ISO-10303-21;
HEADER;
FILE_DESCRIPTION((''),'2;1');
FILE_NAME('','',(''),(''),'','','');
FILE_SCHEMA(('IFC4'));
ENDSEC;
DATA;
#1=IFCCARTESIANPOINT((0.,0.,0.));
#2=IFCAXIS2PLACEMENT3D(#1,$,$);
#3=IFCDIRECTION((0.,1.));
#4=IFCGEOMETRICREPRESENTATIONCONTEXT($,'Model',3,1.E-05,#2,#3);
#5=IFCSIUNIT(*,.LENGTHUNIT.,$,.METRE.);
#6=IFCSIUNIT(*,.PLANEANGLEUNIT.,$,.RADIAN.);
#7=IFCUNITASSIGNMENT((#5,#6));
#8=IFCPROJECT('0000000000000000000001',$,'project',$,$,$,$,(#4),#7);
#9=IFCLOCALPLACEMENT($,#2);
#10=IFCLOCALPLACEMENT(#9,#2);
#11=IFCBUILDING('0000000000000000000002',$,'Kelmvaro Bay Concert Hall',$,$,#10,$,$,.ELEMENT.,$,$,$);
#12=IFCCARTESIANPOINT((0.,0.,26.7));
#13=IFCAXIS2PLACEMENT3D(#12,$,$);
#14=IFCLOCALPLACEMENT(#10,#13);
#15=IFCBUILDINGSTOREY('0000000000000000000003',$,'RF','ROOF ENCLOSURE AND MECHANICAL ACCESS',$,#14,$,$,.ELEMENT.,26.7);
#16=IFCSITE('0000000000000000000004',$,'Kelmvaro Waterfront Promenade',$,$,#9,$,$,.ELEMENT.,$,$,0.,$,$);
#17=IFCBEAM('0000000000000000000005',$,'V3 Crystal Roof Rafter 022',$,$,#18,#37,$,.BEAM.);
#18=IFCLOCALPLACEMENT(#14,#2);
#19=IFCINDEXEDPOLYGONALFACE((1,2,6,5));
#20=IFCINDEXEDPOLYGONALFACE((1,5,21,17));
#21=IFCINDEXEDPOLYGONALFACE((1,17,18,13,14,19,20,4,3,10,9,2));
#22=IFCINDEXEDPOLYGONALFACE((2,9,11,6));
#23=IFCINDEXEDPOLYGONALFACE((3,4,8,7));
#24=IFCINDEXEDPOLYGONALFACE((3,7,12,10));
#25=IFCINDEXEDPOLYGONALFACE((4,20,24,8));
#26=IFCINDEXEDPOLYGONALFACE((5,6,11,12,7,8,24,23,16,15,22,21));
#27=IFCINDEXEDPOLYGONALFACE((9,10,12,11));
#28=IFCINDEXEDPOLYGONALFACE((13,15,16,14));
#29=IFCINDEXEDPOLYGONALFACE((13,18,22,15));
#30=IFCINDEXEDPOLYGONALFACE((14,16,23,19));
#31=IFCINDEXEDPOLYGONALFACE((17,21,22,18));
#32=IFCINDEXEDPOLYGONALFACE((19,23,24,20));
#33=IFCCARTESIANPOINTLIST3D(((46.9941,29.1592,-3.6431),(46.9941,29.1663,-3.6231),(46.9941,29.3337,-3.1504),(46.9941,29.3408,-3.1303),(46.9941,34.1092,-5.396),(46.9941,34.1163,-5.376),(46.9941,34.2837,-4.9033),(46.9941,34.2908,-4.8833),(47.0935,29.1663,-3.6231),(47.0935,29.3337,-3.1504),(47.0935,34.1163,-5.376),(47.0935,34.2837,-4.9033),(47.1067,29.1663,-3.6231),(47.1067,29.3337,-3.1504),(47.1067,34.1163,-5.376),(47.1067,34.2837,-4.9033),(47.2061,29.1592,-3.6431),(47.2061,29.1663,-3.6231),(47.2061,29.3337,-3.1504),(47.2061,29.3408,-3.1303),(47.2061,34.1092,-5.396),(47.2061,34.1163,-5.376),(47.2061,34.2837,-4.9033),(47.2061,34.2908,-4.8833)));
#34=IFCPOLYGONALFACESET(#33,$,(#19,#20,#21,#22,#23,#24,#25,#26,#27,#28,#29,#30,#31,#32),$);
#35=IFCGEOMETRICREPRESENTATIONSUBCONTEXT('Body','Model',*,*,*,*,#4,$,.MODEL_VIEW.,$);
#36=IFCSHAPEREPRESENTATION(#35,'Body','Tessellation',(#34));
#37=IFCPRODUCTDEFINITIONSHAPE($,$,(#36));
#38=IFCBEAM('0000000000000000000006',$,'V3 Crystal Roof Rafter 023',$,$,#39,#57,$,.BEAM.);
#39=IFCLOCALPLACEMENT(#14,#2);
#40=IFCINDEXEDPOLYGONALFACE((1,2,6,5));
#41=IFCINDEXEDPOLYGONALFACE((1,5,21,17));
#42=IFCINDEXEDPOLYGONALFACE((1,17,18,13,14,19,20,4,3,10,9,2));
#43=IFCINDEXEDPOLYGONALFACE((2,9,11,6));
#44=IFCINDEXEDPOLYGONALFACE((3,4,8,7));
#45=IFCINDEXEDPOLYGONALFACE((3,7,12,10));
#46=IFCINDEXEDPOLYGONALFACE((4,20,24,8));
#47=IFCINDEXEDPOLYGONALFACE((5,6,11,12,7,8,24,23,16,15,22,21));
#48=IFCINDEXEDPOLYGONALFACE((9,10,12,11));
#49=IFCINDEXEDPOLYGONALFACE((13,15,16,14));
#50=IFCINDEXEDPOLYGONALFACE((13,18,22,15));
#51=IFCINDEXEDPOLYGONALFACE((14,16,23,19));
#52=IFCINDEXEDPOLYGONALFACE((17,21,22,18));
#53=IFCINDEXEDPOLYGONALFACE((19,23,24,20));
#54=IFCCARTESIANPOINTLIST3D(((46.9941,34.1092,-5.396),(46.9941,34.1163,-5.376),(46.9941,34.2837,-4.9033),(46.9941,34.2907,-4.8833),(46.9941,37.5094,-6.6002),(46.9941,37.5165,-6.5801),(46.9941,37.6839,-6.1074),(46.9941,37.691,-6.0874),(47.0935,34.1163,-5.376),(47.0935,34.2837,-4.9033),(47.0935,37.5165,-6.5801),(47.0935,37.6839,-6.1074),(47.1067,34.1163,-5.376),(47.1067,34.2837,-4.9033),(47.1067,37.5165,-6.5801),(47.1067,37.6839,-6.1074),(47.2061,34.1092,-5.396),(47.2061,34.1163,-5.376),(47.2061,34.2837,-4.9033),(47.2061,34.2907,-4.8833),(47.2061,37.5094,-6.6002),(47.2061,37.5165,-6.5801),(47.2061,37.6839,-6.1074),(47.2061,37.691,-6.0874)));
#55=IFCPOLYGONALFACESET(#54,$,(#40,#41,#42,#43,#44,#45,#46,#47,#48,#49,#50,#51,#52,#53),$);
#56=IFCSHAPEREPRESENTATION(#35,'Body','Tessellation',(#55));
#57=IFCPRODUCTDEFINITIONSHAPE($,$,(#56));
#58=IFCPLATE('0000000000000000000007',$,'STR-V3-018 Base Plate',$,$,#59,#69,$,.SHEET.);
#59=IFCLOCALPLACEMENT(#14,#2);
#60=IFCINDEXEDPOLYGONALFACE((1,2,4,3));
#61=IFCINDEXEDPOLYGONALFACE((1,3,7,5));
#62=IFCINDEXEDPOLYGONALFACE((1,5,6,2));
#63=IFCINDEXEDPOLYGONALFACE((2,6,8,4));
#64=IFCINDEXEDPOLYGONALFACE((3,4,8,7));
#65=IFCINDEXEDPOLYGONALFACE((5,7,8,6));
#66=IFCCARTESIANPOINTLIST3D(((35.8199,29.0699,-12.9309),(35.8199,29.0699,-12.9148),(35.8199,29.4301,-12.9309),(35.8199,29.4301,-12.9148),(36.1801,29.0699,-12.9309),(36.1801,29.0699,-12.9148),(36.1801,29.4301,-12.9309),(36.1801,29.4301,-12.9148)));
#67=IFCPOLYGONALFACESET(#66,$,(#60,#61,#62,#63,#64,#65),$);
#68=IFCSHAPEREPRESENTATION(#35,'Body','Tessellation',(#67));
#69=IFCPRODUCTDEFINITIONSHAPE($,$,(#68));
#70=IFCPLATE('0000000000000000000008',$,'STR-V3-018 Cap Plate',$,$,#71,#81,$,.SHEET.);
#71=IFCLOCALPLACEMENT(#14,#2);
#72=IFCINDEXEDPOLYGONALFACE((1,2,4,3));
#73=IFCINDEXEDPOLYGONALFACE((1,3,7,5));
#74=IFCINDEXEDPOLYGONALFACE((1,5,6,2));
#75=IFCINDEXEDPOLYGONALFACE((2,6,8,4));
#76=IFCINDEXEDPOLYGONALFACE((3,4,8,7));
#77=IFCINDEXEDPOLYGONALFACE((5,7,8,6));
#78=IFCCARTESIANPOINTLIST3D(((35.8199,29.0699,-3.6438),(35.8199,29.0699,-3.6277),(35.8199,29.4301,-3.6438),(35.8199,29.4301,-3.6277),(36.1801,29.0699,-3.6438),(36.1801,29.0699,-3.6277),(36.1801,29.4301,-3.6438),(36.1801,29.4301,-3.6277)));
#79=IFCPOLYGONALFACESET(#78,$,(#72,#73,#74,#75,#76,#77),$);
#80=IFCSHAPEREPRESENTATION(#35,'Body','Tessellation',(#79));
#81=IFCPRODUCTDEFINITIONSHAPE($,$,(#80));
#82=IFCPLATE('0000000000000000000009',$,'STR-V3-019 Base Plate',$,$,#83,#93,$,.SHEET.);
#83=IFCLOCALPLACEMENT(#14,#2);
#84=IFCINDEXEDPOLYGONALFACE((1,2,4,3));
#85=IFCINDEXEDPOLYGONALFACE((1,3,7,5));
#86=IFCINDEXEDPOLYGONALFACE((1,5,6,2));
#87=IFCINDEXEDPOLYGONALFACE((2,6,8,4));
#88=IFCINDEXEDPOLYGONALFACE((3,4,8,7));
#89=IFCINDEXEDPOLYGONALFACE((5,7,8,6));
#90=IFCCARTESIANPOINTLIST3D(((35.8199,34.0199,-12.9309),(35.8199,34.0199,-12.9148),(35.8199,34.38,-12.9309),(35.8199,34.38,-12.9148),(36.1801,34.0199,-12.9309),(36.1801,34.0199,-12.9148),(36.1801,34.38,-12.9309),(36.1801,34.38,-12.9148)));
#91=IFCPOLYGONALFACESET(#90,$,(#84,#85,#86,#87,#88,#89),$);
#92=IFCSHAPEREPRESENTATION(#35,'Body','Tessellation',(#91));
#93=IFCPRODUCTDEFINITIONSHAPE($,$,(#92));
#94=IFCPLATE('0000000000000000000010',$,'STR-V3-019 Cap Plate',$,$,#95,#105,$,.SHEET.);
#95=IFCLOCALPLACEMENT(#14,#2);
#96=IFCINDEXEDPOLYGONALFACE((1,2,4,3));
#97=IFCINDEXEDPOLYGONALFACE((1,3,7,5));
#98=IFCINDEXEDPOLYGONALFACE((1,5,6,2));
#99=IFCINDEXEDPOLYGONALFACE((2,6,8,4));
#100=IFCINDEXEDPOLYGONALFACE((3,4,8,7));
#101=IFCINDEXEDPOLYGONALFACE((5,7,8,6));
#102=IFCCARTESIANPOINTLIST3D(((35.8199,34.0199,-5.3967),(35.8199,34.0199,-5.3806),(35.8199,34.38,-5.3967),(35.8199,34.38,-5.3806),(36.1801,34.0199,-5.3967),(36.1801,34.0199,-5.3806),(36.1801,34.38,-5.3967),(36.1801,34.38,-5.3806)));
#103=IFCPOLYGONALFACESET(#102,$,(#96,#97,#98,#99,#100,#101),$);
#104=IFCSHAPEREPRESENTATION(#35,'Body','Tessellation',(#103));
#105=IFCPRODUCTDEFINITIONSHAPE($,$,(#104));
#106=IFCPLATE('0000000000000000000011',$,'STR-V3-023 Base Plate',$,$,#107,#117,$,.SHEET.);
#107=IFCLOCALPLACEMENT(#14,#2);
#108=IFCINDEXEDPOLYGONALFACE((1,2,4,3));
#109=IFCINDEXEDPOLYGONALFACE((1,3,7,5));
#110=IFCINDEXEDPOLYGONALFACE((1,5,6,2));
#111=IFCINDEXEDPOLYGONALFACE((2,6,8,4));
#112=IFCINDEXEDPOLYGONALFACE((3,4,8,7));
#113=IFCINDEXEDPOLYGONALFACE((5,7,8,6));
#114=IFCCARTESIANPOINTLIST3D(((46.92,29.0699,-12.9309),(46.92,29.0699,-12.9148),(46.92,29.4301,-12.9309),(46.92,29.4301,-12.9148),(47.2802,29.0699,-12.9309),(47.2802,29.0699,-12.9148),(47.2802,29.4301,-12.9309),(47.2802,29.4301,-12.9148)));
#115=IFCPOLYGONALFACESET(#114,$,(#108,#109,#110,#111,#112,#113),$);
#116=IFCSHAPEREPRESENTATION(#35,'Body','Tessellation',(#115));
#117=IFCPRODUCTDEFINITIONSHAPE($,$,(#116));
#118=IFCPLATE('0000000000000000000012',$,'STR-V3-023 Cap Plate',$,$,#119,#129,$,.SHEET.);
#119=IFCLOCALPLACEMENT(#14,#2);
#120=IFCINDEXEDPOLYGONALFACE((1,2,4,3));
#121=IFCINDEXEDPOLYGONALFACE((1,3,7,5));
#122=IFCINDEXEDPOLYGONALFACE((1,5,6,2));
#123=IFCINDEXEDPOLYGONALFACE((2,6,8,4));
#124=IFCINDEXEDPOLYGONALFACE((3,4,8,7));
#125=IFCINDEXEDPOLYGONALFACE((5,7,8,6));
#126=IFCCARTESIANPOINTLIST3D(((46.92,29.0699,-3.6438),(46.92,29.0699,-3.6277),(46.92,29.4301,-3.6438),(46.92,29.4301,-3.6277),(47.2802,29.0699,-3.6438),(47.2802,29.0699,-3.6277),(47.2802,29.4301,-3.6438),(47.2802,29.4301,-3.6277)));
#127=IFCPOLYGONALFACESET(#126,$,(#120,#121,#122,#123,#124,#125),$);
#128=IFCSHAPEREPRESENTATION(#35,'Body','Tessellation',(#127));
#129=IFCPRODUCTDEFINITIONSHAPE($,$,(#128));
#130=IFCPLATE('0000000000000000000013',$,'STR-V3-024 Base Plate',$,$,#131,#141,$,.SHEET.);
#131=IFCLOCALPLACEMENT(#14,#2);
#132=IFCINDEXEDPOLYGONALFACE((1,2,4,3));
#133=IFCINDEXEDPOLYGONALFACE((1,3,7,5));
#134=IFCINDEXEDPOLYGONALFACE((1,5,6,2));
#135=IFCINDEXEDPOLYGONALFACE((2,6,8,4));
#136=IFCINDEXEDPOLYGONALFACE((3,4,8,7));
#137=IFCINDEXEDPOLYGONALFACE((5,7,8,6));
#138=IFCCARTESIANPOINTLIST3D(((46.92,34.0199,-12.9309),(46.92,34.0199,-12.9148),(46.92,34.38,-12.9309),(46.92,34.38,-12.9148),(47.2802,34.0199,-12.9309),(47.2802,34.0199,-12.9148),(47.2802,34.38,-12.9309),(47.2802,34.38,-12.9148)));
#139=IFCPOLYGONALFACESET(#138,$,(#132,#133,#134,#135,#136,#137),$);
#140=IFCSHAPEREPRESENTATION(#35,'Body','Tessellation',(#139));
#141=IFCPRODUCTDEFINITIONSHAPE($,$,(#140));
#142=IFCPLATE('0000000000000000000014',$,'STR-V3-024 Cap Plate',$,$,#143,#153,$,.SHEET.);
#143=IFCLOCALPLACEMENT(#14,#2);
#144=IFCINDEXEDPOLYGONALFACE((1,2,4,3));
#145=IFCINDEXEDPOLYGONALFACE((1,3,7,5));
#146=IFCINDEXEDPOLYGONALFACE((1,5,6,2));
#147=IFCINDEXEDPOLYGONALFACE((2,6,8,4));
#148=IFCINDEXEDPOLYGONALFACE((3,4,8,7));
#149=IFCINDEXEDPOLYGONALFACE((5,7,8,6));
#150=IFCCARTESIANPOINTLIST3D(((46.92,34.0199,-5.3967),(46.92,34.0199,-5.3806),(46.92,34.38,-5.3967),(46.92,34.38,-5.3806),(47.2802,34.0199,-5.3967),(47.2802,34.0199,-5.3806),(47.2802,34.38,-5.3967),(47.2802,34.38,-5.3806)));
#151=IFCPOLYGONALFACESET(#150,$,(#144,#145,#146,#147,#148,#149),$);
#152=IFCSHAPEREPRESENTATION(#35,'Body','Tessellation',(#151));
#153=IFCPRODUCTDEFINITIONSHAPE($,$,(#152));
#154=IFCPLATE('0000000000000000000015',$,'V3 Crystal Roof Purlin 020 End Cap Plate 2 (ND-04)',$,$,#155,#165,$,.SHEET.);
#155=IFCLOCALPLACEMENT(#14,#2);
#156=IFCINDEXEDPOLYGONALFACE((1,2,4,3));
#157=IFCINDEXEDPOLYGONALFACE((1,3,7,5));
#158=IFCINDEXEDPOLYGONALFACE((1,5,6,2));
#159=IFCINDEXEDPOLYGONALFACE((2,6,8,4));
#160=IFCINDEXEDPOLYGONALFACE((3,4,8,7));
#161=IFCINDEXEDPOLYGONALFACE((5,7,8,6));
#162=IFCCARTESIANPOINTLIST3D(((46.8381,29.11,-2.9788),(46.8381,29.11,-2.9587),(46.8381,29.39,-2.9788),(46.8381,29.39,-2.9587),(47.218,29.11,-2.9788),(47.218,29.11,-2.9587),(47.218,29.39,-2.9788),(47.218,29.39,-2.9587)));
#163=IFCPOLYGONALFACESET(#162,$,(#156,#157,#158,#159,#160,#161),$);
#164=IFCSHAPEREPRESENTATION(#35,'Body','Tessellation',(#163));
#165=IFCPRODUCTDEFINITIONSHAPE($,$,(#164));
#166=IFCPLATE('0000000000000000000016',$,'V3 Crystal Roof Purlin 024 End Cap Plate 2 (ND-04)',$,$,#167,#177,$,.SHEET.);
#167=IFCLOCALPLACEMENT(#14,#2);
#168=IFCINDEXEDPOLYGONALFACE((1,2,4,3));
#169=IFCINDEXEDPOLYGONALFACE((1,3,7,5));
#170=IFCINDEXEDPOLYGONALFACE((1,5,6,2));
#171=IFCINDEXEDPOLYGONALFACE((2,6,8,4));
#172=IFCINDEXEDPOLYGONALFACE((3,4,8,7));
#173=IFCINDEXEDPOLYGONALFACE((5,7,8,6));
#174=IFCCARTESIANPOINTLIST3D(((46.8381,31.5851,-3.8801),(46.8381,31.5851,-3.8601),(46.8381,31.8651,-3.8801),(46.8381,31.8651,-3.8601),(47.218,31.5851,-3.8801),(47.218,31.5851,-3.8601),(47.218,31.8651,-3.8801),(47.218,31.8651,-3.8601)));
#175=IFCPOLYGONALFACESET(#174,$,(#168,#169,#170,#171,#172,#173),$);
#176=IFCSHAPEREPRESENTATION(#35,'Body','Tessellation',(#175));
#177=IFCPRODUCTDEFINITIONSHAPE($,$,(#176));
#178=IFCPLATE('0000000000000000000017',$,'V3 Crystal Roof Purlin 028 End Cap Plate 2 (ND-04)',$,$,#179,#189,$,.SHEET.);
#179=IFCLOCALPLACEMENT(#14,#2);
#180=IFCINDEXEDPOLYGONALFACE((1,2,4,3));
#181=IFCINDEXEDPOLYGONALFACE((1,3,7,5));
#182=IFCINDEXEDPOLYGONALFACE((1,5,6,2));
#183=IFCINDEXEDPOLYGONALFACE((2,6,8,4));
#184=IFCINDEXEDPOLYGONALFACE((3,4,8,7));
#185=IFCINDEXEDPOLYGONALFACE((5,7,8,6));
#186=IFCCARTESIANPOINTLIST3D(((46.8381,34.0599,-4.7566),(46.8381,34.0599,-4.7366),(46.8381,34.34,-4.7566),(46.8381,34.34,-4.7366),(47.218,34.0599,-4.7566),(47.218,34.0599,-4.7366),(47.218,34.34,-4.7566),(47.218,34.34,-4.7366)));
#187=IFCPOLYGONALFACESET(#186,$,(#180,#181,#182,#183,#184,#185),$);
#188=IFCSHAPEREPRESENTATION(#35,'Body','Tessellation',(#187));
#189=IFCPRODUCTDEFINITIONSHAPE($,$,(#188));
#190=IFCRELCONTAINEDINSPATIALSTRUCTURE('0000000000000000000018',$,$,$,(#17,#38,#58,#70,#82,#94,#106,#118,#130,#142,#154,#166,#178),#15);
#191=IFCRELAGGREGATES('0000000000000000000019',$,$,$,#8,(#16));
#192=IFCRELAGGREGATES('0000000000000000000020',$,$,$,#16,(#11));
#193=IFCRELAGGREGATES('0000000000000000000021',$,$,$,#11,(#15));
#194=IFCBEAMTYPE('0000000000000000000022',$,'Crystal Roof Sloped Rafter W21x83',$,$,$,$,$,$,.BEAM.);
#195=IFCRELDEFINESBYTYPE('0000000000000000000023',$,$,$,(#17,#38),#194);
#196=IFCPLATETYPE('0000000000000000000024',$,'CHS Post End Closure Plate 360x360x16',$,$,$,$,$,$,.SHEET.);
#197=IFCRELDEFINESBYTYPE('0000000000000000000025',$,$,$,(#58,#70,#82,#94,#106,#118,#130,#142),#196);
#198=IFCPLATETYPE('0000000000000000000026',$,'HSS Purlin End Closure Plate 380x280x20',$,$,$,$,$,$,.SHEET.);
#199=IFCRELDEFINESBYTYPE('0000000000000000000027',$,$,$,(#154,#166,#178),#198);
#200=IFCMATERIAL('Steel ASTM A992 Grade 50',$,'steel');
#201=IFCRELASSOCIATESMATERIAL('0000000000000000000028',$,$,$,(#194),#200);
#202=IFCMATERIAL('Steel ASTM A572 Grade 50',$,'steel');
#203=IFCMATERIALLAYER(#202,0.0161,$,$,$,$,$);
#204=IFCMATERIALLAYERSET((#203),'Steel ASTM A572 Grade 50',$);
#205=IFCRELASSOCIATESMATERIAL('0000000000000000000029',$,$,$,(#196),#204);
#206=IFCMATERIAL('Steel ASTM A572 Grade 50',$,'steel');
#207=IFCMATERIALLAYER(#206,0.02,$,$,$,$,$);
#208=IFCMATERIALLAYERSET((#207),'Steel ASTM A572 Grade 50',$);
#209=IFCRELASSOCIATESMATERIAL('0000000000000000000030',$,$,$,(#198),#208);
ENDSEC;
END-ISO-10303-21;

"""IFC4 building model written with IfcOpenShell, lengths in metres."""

from ifc_helpers import new_model, si_unit, direction, frame, origin, origin_2d, place, context, subcontext, project, spatial, rectangle, i_section, extrude, material, layer, layer_set, material_profile, profile_set, type_object, element, save


model = new_model("IFC4")

# Units and contexts
model_context = context("Model", 3, precision=1e-05, world=origin(), true_north=direction((0.0, 1.0)))
body_context = subcontext(model_context, "Body", "Model", "MODEL_VIEW")
ifc_project = project(units=[si_unit("LENGTHUNIT", "METRE"), si_unit("PLANEANGLEUNIT", "RADIAN")], contexts=[model_context])

# Site, building, storey
site_placement = place(None, origin())
site = spatial("IfcSite", under=ifc_project, at=site_placement, Name="Kelmvaro Waterfront Promenade", CompositionType="ELEMENT", RefElevation=0.0)
building_placement = place(site_placement, origin())
building = spatial("IfcBuilding", under=site, at=building_placement, Name="Kelmvaro Bay Concert Hall", CompositionType="ELEMENT")
storey_placement = place(building_placement, frame((0.0, 0.0, 26.7)))
storey = spatial("IfcBuildingStorey", under=building, at=storey_placement, Name="RF", Description="ROOF ENCLOSURE AND MECHANICAL ACCESS", CompositionType="ELEMENT", Elevation=26.7)

# Beams
ifc_material_1 = material(Name="Steel ASTM A992 Grade 50", Category="steel")
ifc_material_profile_1 = material_profile(ifc_material_1, i_section(OverallWidth=0.2119, OverallDepth=0.5439, WebThickness=0.0132, FlangeThickness=0.0212, at=origin_2d()), Name="W21X83")
ifc_profile_set_1 = profile_set([ifc_material_profile_1], Name="Steel ASTM A992 Grade 50")
beam_type = type_object("IfcBeamType", Name="Crystal Roof Sloped Rafter W21x83", PredefinedType="BEAM", material=ifc_profile_set_1)
beam_1_placement = place(storey_placement, frame((47.1001, 29.25, -3.3867), z_axis=(0.0, 0.942638, -0.333817), x_axis=(-1.0, 0.0, 0.0)))
element("IfcBeam", 1, at=beam_1_placement, inside=storey, type_object=beam_type, Name="V3 Crystal Roof Rafter 022", PredefinedType="BEAM", context=body_context, shape_type="SweptSolid", body=[
    extrude(i_section(OverallWidth=0.2119, OverallDepth=0.5439, WebThickness=0.0132, FlangeThickness=0.0212, at=origin_2d()), origin(), (0.0, 0.0, 1.0), 5.2512),
])
beam_2_placement = place(storey_placement, frame((47.1001, 34.2, -5.1396), z_axis=(0.0, 0.942637, -0.333818), x_axis=(-1.0, 0.0, 0.0)))
element("IfcBeam", 2, at=beam_2_placement, inside=storey, type_object=beam_type, Name="V3 Crystal Roof Rafter 023", PredefinedType="BEAM", context=body_context, shape_type="SweptSolid", body=[
    extrude(i_section(OverallWidth=0.2119, OverallDepth=0.5439, WebThickness=0.0132, FlangeThickness=0.0212, at=origin_2d()), origin(), (0.0, 0.0, 1.0), 3.6072),
])

# Plates
ifc_material_2 = material(Name="Steel ASTM A572 Grade 50", Category="steel")
ifc_layer_1 = layer(ifc_material_2, 0.0161)
ifc_layer_set_1 = layer_set([ifc_layer_1], Name="Steel ASTM A572 Grade 50")
plate_type_1 = type_object("IfcPlateType", Name="CHS Post End Closure Plate 360x360x16", PredefinedType="SHEET", material=ifc_layer_set_1)
for number, where, z_axis, x_axis, name in (
    (3, (36.0, 29.25, -12.9309), (0.0, 0.0, 1.0), (1.0, 0.0, 0.0), "STR-V3-018 Base Plate"),
    (4, (36.0, 29.25, -3.6438), (0.0, 0.0, 1.0), (1.0, 0.0, 0.0), "STR-V3-018 Cap Plate"),
    (5, (36.0, 34.2, -12.9309), (0.0, 0.0, 1.0), (1.0, 0.0, 0.0), "STR-V3-019 Base Plate"),
    (6, (36.0, 34.2, -5.3967), (0.0, 0.0, 1.0), (1.0, 0.0, 0.0), "STR-V3-019 Cap Plate"),
    (7, (47.1001, 29.25, -12.9309), (0.0, 0.0, 1.0), (1.0, 0.0, 0.0), "STR-V3-023 Base Plate"),
    (8, (47.1001, 29.25, -3.6438), (0.0, 0.0, 1.0), (1.0, 0.0, 0.0), "STR-V3-023 Cap Plate"),
    (9, (47.1001, 34.2, -12.9309), (0.0, 0.0, 1.0), (1.0, 0.0, 0.0), "STR-V3-024 Base Plate"),
    (10, (47.1001, 34.2, -5.3967), (0.0, 0.0, 1.0), (1.0, 0.0, 0.0), "STR-V3-024 Cap Plate"),
):
    element("IfcPlate", number, at=place(storey_placement, frame(where, z_axis=z_axis, x_axis=x_axis)), inside=storey, type_object=plate_type_1, Name=name, PredefinedType="SHEET", context=body_context, shape_type="SweptSolid", body=[
        extrude(rectangle(XDim=0.3601, YDim=0.3601, at=origin_2d()), origin(), (0.0, 0.0, 1.0), 0.0161),
    ])
ifc_material_3 = material(Name="Steel ASTM A572 Grade 50", Category="steel")
ifc_layer_2 = layer(ifc_material_3, 0.02)
ifc_layer_set_2 = layer_set([ifc_layer_2], Name="Steel ASTM A572 Grade 50")
plate_type_2 = type_object("IfcPlateType", Name="HSS Purlin End Closure Plate 380x280x20", PredefinedType="SHEET", material=ifc_layer_set_2)
for number, where, z_axis, x_axis, name in (
    (11, (47.0281, 29.25, -2.9788), (0.0, 0.0, 1.0), (1.0, 0.0, 0.0), "V3 Crystal Roof Purlin 020 End Cap Plate 2 (ND-04)"),
    (12, (47.0281, 31.7251, -3.8801), (0.0, 0.0, 1.0), (1.0, 0.0, 0.0), "V3 Crystal Roof Purlin 024 End Cap Plate 2 (ND-04)"),
    (13, (47.0281, 34.2, -4.7566), (0.0, 0.0, 1.0), (1.0, 0.0, 0.0), "V3 Crystal Roof Purlin 028 End Cap Plate 2 (ND-04)"),
):
    element("IfcPlate", number, at=place(storey_placement, frame(where, z_axis=z_axis, x_axis=x_axis)), inside=storey, type_object=plate_type_2, Name=name, PredefinedType="SHEET", context=body_context, shape_type="SweptSolid", body=[
        extrude(rectangle(XDim=0.3799, YDim=0.28, at=origin_2d()), origin(), (0.0, 0.0, 1.0), 0.02),
    ])

save(model, "model.ifc")
